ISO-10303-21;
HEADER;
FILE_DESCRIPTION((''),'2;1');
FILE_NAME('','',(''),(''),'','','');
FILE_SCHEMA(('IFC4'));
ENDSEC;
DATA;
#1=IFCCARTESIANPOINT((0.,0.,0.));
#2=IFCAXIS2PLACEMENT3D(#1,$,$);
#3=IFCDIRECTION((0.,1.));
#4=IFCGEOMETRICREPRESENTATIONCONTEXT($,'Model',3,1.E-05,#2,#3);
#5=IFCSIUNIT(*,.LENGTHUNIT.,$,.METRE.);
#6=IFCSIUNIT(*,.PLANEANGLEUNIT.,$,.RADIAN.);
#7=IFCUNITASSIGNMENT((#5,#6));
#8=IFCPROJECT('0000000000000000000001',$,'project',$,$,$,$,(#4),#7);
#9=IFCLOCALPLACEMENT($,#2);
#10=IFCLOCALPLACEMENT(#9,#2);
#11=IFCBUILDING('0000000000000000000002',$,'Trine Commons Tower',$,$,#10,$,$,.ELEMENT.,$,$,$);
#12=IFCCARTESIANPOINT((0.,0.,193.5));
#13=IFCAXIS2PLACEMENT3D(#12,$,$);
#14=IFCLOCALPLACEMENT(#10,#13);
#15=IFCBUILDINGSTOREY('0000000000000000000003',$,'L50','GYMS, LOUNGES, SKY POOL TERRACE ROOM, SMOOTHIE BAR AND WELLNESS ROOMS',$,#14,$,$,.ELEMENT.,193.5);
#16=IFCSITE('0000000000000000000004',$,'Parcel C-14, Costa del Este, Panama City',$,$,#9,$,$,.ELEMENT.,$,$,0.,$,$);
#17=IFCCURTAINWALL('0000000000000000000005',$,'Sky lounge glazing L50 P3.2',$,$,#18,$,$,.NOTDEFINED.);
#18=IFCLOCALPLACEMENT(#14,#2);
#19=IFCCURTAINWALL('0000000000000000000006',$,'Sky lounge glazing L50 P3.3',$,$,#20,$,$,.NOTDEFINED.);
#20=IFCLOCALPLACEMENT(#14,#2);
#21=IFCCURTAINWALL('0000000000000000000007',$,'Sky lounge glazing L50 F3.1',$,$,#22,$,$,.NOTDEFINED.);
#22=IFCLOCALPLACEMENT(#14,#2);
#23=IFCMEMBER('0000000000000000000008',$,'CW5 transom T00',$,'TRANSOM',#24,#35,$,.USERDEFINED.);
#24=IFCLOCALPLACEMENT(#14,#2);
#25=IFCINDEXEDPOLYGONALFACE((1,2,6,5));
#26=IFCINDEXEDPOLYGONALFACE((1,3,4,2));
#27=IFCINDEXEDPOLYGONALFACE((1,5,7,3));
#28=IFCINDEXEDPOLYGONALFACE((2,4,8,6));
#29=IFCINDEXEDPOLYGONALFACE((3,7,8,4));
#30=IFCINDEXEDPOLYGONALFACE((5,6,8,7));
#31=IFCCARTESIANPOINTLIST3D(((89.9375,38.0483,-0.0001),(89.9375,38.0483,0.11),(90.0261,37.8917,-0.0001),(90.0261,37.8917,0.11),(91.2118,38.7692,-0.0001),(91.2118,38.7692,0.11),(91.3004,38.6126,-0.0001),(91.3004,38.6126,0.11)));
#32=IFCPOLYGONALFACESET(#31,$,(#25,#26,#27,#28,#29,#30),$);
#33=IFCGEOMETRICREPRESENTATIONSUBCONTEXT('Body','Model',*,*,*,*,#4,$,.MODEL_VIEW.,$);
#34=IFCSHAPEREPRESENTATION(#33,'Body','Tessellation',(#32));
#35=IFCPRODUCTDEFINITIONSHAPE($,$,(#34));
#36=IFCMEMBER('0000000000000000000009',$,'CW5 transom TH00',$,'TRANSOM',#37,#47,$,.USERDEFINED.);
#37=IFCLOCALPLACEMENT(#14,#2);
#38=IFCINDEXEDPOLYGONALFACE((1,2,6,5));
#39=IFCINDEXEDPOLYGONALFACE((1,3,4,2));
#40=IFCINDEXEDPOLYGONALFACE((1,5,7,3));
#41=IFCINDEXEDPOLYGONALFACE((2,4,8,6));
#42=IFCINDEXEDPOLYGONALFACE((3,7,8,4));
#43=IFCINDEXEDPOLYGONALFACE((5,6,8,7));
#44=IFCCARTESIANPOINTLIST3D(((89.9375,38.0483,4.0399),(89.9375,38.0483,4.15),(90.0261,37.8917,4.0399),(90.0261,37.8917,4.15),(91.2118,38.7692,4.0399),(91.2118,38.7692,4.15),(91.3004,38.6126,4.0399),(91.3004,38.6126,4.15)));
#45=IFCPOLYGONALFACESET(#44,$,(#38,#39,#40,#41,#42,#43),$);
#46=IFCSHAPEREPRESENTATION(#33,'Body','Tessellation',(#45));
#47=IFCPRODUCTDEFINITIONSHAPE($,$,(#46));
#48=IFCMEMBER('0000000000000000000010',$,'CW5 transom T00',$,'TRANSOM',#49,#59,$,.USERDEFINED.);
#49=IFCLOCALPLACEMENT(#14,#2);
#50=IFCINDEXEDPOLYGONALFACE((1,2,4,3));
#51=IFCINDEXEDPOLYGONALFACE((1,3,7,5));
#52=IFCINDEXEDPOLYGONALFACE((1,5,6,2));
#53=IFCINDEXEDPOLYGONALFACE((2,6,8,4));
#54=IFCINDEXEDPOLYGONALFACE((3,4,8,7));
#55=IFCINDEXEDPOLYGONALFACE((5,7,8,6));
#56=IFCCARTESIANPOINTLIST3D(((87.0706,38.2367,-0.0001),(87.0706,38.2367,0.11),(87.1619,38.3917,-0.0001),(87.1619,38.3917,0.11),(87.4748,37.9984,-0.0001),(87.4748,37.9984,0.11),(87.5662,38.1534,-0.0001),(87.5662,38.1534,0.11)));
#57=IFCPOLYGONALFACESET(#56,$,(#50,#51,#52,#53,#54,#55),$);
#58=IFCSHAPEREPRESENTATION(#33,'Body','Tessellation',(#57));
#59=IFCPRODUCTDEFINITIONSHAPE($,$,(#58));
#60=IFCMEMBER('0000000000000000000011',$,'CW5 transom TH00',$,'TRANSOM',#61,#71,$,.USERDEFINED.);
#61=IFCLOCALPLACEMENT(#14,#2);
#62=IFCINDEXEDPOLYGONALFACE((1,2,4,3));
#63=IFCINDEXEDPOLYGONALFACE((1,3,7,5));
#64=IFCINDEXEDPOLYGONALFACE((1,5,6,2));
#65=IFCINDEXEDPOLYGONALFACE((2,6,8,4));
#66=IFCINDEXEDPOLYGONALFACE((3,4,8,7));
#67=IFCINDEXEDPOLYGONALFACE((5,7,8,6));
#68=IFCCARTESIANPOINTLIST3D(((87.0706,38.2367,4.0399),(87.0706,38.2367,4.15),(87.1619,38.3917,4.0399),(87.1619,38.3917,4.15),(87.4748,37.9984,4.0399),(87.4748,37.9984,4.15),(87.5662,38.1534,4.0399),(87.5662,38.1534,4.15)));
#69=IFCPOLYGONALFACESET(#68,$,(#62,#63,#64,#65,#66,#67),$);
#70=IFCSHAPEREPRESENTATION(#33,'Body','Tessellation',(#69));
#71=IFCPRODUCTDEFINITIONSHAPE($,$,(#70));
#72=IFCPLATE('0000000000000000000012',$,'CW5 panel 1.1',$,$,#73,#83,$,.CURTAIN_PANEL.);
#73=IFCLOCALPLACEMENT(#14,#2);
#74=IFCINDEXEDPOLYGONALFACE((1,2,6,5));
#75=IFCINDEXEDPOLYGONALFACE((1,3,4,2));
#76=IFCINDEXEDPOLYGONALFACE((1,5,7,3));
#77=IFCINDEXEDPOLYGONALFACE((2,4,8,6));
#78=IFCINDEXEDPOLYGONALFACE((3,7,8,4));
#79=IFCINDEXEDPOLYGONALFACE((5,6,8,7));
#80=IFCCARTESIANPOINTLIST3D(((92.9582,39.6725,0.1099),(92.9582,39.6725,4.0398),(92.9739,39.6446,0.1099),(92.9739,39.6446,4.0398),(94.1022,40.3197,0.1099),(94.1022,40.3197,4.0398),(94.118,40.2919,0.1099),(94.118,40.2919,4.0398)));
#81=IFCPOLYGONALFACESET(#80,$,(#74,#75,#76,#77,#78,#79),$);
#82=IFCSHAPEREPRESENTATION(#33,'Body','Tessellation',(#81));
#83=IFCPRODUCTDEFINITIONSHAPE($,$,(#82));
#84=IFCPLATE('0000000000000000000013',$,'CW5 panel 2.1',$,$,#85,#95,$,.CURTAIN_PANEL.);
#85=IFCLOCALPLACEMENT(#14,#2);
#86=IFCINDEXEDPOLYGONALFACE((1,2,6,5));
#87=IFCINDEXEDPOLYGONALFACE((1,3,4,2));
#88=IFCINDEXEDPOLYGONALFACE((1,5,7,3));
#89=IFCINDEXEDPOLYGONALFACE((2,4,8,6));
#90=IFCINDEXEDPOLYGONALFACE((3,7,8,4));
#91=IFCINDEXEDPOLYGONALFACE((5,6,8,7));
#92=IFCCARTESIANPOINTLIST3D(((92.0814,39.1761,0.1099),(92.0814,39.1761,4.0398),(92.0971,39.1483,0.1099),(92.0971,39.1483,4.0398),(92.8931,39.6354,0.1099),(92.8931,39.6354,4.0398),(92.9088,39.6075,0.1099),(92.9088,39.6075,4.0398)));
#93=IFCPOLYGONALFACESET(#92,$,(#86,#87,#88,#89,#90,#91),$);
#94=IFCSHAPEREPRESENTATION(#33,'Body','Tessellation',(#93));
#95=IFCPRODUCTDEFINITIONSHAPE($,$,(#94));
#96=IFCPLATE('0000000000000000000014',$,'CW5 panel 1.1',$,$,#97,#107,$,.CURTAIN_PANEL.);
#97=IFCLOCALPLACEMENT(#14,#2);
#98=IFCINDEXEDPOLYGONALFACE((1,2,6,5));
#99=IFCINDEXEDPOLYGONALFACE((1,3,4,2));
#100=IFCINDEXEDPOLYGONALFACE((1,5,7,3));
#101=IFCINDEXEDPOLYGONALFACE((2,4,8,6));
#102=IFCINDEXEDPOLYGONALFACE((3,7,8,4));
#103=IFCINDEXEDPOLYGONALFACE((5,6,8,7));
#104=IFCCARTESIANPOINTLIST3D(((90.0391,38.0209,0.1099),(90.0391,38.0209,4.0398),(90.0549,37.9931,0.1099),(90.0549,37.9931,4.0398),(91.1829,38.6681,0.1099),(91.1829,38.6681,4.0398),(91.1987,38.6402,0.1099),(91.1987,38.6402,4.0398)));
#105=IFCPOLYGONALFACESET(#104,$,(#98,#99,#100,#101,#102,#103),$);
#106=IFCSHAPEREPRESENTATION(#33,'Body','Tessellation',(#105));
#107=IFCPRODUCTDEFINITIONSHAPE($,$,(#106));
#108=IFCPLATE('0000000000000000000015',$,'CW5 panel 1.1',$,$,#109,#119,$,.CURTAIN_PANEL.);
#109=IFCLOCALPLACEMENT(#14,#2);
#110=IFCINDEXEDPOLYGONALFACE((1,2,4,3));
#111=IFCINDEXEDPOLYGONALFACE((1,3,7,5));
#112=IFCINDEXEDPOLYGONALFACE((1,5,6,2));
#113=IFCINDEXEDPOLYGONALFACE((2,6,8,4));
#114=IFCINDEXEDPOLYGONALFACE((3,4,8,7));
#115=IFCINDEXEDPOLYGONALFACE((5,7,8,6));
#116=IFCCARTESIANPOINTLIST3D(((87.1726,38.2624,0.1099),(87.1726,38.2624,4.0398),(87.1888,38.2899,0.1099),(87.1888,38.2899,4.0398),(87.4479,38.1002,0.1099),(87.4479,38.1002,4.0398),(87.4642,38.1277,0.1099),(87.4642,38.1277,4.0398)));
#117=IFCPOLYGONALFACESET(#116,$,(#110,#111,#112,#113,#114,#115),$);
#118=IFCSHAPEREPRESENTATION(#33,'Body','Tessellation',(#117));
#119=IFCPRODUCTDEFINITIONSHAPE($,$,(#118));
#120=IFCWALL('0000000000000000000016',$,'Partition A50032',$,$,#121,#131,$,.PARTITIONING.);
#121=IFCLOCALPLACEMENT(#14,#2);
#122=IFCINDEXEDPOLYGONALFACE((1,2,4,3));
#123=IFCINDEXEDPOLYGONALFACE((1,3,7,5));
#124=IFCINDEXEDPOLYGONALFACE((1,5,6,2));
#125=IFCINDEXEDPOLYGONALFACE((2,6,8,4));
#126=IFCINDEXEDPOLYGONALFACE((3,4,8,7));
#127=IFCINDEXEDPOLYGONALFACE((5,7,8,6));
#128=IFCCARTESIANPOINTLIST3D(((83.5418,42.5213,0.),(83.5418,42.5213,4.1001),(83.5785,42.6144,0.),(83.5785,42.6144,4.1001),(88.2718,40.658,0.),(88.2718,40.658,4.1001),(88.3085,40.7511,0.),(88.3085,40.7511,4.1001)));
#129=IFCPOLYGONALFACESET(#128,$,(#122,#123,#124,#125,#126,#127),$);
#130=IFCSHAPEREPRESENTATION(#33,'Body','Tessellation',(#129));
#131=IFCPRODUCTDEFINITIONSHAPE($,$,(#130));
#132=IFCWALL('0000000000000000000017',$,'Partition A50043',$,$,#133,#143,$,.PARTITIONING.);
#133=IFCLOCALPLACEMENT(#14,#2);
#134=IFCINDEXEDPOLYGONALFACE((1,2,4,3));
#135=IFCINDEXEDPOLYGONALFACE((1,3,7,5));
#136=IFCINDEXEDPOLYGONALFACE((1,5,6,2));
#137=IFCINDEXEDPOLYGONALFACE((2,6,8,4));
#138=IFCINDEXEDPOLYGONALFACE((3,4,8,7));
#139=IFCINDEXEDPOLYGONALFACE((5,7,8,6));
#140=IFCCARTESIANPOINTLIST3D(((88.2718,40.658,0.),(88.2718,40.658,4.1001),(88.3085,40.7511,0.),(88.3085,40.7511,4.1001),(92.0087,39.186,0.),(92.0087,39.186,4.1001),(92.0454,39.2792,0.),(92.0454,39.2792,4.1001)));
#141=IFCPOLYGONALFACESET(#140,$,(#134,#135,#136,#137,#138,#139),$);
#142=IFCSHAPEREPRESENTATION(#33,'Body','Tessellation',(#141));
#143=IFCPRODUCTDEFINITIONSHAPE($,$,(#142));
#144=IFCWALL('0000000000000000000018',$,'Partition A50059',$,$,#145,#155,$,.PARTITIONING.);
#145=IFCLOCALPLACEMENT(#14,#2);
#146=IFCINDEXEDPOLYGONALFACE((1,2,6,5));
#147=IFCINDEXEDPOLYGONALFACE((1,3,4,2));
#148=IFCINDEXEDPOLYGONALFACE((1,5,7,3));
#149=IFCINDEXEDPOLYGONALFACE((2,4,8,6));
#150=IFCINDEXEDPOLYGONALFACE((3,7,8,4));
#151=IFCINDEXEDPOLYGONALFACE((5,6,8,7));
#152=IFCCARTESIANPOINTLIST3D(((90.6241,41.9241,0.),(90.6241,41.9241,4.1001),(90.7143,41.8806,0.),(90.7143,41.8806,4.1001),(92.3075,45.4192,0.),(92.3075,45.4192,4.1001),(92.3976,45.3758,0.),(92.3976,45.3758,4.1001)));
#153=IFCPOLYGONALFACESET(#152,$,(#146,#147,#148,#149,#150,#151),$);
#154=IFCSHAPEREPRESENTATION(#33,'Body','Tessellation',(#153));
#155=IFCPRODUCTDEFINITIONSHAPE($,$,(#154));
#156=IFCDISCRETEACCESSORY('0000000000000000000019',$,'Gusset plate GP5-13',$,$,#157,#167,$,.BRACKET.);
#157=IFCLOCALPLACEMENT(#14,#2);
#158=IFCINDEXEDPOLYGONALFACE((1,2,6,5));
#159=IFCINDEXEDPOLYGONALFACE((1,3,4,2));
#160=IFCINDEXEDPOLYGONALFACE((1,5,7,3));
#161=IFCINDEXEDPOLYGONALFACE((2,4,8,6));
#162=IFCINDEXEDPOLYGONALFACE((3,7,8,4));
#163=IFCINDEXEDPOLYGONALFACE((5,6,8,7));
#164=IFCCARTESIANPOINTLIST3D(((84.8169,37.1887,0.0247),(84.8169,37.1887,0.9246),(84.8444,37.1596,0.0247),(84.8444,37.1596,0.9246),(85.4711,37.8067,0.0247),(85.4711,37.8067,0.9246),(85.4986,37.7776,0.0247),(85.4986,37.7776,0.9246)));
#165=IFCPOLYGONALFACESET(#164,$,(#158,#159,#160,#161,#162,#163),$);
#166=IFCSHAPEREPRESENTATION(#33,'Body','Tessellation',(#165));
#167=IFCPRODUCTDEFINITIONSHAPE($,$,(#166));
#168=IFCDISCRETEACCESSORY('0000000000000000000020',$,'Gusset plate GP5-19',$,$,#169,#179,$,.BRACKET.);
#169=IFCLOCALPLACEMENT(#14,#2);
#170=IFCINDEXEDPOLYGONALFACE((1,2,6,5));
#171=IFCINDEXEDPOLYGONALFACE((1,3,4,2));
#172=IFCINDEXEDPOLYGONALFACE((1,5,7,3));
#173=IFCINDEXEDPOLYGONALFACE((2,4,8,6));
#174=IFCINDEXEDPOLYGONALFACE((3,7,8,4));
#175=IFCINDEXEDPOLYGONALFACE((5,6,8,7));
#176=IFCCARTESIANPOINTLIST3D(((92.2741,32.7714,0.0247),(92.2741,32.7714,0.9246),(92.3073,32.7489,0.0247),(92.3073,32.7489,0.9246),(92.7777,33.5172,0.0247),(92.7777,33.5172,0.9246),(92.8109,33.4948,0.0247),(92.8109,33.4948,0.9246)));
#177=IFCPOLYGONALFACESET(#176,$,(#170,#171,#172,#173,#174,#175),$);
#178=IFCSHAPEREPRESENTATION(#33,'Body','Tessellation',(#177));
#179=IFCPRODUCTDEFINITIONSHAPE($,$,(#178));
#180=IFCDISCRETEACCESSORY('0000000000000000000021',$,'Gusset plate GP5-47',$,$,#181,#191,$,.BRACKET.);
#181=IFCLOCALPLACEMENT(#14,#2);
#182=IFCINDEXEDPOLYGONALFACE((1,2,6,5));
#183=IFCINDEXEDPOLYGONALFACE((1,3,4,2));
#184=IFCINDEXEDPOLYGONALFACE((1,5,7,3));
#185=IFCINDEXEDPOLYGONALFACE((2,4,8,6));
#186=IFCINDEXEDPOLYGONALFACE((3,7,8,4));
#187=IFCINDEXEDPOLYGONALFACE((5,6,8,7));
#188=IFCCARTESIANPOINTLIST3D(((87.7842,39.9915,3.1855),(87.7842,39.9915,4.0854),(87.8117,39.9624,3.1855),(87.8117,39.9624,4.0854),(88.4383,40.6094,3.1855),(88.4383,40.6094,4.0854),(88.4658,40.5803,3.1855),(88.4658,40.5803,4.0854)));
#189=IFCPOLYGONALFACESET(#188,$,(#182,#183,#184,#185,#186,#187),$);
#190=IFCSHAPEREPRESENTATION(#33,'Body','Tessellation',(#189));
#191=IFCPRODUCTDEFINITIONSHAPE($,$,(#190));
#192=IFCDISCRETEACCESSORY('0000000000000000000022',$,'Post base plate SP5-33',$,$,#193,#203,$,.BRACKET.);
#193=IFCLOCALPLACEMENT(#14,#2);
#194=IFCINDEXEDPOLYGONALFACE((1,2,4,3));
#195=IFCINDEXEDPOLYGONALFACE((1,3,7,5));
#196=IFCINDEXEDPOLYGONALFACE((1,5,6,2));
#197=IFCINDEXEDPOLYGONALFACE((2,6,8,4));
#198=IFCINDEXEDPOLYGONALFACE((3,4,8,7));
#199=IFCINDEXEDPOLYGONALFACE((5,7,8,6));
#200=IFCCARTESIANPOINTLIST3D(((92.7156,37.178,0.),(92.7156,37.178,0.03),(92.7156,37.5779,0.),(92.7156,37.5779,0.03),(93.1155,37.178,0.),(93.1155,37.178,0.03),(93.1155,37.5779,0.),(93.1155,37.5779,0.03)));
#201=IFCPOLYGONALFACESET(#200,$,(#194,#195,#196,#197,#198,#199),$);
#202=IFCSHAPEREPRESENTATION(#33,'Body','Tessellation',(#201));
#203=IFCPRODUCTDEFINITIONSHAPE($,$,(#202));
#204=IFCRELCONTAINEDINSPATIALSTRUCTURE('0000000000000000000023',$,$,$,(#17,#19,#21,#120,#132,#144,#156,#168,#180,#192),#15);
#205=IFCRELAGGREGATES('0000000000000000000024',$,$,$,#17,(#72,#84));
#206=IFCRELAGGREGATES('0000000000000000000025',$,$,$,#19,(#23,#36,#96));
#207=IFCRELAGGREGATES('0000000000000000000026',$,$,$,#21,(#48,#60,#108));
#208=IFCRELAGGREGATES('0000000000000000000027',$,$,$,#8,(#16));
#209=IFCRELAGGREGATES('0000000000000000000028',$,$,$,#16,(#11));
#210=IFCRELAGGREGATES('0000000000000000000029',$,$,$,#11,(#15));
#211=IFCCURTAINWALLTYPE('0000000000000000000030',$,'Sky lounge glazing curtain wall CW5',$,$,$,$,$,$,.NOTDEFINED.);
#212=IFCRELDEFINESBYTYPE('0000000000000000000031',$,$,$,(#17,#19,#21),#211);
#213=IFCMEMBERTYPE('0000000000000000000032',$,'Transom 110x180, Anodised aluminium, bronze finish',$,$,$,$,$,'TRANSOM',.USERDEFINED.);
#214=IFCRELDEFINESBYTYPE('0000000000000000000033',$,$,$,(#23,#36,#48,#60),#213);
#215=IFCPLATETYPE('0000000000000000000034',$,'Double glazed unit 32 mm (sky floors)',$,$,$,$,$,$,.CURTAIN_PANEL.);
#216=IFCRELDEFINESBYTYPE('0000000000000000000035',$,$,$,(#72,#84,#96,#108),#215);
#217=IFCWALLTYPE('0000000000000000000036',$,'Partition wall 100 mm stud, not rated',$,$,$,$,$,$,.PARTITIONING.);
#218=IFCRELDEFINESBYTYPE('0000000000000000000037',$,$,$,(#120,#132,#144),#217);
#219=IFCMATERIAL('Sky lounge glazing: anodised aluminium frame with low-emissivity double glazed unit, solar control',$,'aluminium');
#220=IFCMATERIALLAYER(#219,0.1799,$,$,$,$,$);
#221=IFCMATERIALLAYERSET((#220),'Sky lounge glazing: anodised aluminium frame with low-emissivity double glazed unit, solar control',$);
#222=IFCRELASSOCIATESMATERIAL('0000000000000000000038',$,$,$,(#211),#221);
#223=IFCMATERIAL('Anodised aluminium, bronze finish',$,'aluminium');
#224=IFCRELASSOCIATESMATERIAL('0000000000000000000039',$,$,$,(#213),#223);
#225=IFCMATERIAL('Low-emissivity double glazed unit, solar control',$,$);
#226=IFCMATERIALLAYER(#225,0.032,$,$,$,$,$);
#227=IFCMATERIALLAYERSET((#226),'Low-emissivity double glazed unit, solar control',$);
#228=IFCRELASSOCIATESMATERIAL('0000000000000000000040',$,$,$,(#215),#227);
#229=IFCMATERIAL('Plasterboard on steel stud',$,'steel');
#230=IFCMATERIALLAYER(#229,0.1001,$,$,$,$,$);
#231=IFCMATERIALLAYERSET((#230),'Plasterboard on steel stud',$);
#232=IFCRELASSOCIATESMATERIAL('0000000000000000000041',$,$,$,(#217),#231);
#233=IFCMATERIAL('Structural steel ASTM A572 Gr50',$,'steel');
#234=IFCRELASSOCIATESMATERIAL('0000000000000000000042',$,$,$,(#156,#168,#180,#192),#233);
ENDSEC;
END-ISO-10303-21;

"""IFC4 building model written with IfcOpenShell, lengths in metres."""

from ifc_helpers import new_model, si_unit, direction, frame, frame_2d, origin, origin_2d, place, context, subcontext, project, spatial, rectangle, extrude, material, layer, layer_set, material_profile, profile_set, type_object, element, aggregate, save


model = new_model("IFC4")

# Units and contexts
model_context = context("Model", 3, precision=1e-05, world=origin(), true_north=direction((0.0, 1.0)))
body_context = subcontext(model_context, "Body", "Model", "MODEL_VIEW")
ifc_project = project(units=[si_unit("LENGTHUNIT", "METRE"), si_unit("PLANEANGLEUNIT", "RADIAN")], contexts=[model_context])

# Site, building, storey
site_placement = place(None, origin())
site = spatial("IfcSite", under=ifc_project, at=site_placement, Name="Parcel C-14, Costa del Este, Panama City", CompositionType="ELEMENT", RefElevation=0.0)
building_placement = place(site_placement, origin())
building = spatial("IfcBuilding", under=site, at=building_placement, Name="Trine Commons Tower", CompositionType="ELEMENT")
storey_placement = place(building_placement, frame((0.0, 0.0, 193.5)))
storey = spatial("IfcBuildingStorey", under=building, at=storey_placement, Name="L50", Description="GYMS, LOUNGES, SKY POOL TERRACE ROOM, SMOOTHIE BAR AND WELLNESS ROOMS", CompositionType="ELEMENT", Elevation=193.5)

# Curtain walls
ifc_material_1 = material(Name="Sky lounge glazing: anodised aluminium frame with low-emissivity double glazed unit, solar control", Category="aluminium")
ifc_layer_1 = layer(ifc_material_1, 0.1799)
ifc_layer_set_1 = layer_set([ifc_layer_1], Name="Sky lounge glazing: anodised aluminium frame with low-emissivity double glazed unit, solar control")
curtain_wall_type = type_object("IfcCurtainWallType", Name="Sky lounge glazing curtain wall CW5", PredefinedType="NOTDEFINED", material=ifc_layer_set_1)
curtain_wall_1_placement = place(storey_placement, origin())
curtain_wall_1 = element("IfcCurtainWall", 1, at=curtain_wall_1_placement, inside=storey, type_object=curtain_wall_type, Name="Sky lounge glazing L50 P3.2", PredefinedType="NOTDEFINED")
ifc_material_2 = material(Name="Anodised aluminium, bronze finish", Category="aluminium")
curtain_wall_2_placement = place(storey_placement, origin())
curtain_wall_2 = element("IfcCurtainWall", 2, at=curtain_wall_2_placement, inside=storey, type_object=curtain_wall_type, Name="Sky lounge glazing L50 P3.3", PredefinedType="NOTDEFINED")
curtain_wall_3_placement = place(storey_placement, origin())
curtain_wall_3 = element("IfcCurtainWall", 3, at=curtain_wall_3_placement, inside=storey, type_object=curtain_wall_type, Name="Sky lounge glazing L50 F3.1", PredefinedType="NOTDEFINED")

# Members
ifc_material_profile_1 = material_profile(ifc_material_2, rectangle(XDim=0.1799, YDim=0.1101, at=origin_2d()), Name="Transom 110x180")
ifc_profile_set_1 = profile_set([ifc_material_profile_1], Name="Anodised aluminium, bronze finish")
member_type_1 = type_object("IfcMemberType", Name="Transom 110x180, Anodised aluminium, bronze finish", ElementType="TRANSOM", PredefinedType="USERDEFINED", material=ifc_profile_set_1)
member_1_placement = place(storey_placement, frame((91.2561, 38.6909, 0.0549), z_axis=(-0.87038, -0.492381, 0.0), x_axis=(0.492381, -0.87038, 0.0)))
member_1 = element("IfcMember", 4, at=member_1_placement, type_object=member_type_1, Name="CW5 transom T00", ObjectType="TRANSOM", PredefinedType="USERDEFINED", context=body_context, shape_type="SweptSolid", body=[
    extrude(rectangle(XDim=0.1799, YDim=0.1101, at=origin_2d()), origin(), (0.0, 0.0, 1.0), 1.4641),
])
member_2_placement = place(storey_placement, frame((91.2561, 38.6909, 4.095), z_axis=(-0.87038, -0.492381, 0.0), x_axis=(0.492381, -0.87038, 0.0)))
member_2 = element("IfcMember", 5, at=member_2_placement, type_object=member_type_1, Name="CW5 transom TH00", ObjectType="TRANSOM", PredefinedType="USERDEFINED", context=body_context, shape_type="SweptSolid", body=[
    extrude(rectangle(XDim=0.1799, YDim=0.1101, at=origin_2d()), origin(), (0.0, 0.0, 1.0), 1.4641),
])
member_3_placement = place(storey_placement, frame((87.5205, 38.0759, 0.0549), z_axis=(-0.861506, 0.507747, 0.0), x_axis=(-0.507747, -0.861506, 0.0)))
member_3 = element("IfcMember", 6, at=member_3_placement, type_object=member_type_1, Name="CW5 transom T00", ObjectType="TRANSOM", PredefinedType="USERDEFINED", context=body_context, shape_type="SweptSolid", body=[
    extrude(rectangle(XDim=0.1799, YDim=0.1101, at=origin_2d()), origin(), (0.0, 0.0, 1.0), 0.4692),
])
member_4_placement = place(storey_placement, frame((87.5205, 38.0759, 4.095), z_axis=(-0.861506, 0.507747, 0.0), x_axis=(-0.507747, -0.861506, 0.0)))
member_4 = element("IfcMember", 7, at=member_4_placement, type_object=member_type_1, Name="CW5 transom TH00", ObjectType="TRANSOM", PredefinedType="USERDEFINED", context=body_context, shape_type="SweptSolid", body=[
    extrude(rectangle(XDim=0.1799, YDim=0.1101, at=origin_2d()), origin(), (0.0, 0.0, 1.0), 0.4692),
])

# Plates
ifc_material_3 = material(Name="Low-emissivity double glazed unit, solar control")
ifc_layer_2 = layer(ifc_material_3, 0.032)
ifc_layer_set_2 = layer_set([ifc_layer_2], Name="Low-emissivity double glazed unit, solar control")
plate_type = type_object("IfcPlateType", Name="Double glazed unit 32 mm (sky floors)", PredefinedType="CURTAIN_PANEL", material=ifc_layer_set_2)
plate_1_placement = place(storey_placement, frame((93.5381, 39.9822, 0.1099), z_axis=(0.0, 0.0, 1.0), x_axis=(-0.870356, -0.492424, 0.0)))
plate_1 = element("IfcPlate", 8, at=plate_1_placement, type_object=plate_type, Name="CW5 panel 1.1", PredefinedType="CURTAIN_PANEL", context=body_context, shape_type="SweptSolid", body=[
    extrude(rectangle(XDim=1.3145, YDim=0.032, at=origin_2d()), origin(), (0.0, 0.0, 1.0), 3.9299),
])
plate_2_placement = place(storey_placement, frame((92.4951, 39.3918, 0.1099), z_axis=(0.0, 0.0, 1.0), x_axis=(-0.870356, -0.492424, 0.0)))
plate_2 = element("IfcPlate", 9, at=plate_2_placement, type_object=plate_type, Name="CW5 panel 2.1", PredefinedType="CURTAIN_PANEL", context=body_context, shape_type="SweptSolid", body=[
    extrude(rectangle(XDim=0.9326, YDim=0.032, at=origin_2d()), origin(), (0.0, 0.0, 1.0), 3.9299),
])
aggregate(curtain_wall_1, [plate_1, plate_2])
plate_3_placement = place(storey_placement, frame((90.6189, 38.3306, 0.1099), z_axis=(0.0, 0.0, 1.0), x_axis=(-0.870356, -0.492424, 0.0)))
plate_3 = element("IfcPlate", 10, at=plate_3_placement, type_object=plate_type, Name="CW5 panel 1.1", PredefinedType="CURTAIN_PANEL", context=body_context, shape_type="SweptSolid", body=[
    extrude(rectangle(XDim=1.3142, YDim=0.032, at=origin_2d()), origin(), (0.0, 0.0, 1.0), 3.9299),
])
aggregate(curtain_wall_2, [member_1, member_2, plate_3])
plate_4_placement = place(storey_placement, frame((87.3184, 38.1951, 0.1099), z_axis=(0.0, 0.0, 1.0), x_axis=(-0.861629, 0.507538, 0.0)))
plate_4 = element("IfcPlate", 11, at=plate_4_placement, type_object=plate_type, Name="CW5 panel 1.1", PredefinedType="CURTAIN_PANEL", context=body_context, shape_type="SweptSolid", body=[
    extrude(rectangle(XDim=0.3196, YDim=0.032, at=origin_2d()), origin(), (0.0, 0.0, 1.0), 3.9299),
])
aggregate(curtain_wall_3, [member_3, member_4, plate_4])

# Walls
ifc_material_4 = material(Name="Plasterboard on steel stud", Category="steel")
ifc_layer_3 = layer(ifc_material_4, 0.1001)
ifc_layer_set_3 = layer_set([ifc_layer_3], Name="Plasterboard on steel stud")
wall_type_1 = type_object("IfcWallType", Name="Partition wall 100 mm stud, not rated", PredefinedType="PARTITIONING", material=ifc_layer_set_3)
wall_1_placement = place(storey_placement, frame((83.5601, 42.5679, 0.0), z_axis=(0.0, 0.0, 1.0), x_axis=(0.930411, -0.366517, 0.0)))
element("IfcWall", 12, at=wall_1_placement, inside=storey, type_object=wall_type_1, Name="Partition A50032", PredefinedType="PARTITIONING", context=body_context, shape_type="SweptSolid", body=[
    extrude(rectangle(XDim=5.0837, YDim=0.1001, at=frame_2d((2.542, 0.0))), origin(), (0.0, 0.0, 1.0), 4.1001),
])
wall_2_placement = place(storey_placement, frame((88.29, 40.7046, 0.0), z_axis=(0.0, 0.0, 1.0), x_axis=(0.930422, -0.366491, 0.0)))
element("IfcWall", 13, at=wall_2_placement, inside=storey, type_object=wall_type_1, Name="Partition A50043", PredefinedType="PARTITIONING", context=body_context, shape_type="SweptSolid", body=[
    extrude(rectangle(XDim=4.0164, YDim=0.1001, at=frame_2d((2.0083, 0.0))), origin(), (0.0, 0.0, 1.0), 4.1001),
])
wall_3_placement = place(storey_placement, frame((90.6692, 41.9023, 0.0), z_axis=(0.0, 0.0, 1.0), x_axis=(0.433923, 0.90095, 0.0)))
element("IfcWall", 14, at=wall_3_placement, inside=storey, type_object=wall_type_1, Name="Partition A50059", PredefinedType="PARTITIONING", context=body_context, shape_type="SweptSolid", body=[
    extrude(rectangle(XDim=3.8794, YDim=0.1001, at=frame_2d((1.9397, 0.0))), origin(), (0.0, 0.0, 1.0), 4.1001),
])

# Discrete accessories
ifc_material_5 = material(Name="Structural steel ASTM A572 Gr50", Category="steel")
for number, where, z_axis, x_axis, name in (
    (15, (85.1577, 37.4832, 0.0247), (0.0, 0.0, 1.0), (0.726958, 0.686682, 0.0), "Gusset plate GP5-13"),
    (16, (92.5425, 33.1331, 0.0247), (0.0, 0.0, 1.0), (0.559584, 0.828774, 0.0), "Gusset plate GP5-19"),
    (17, (88.125, 40.2859, 3.1855), (0.0, 0.0, 1.0), (0.726958, 0.686682, 0.0), "Gusset plate GP5-47"),
):
    element("IfcDiscreteAccessory", number, at=place(storey_placement, frame(where, z_axis=z_axis, x_axis=x_axis)), inside=storey, material=ifc_material_5, Name=name, PredefinedType="BRACKET", context=body_context, shape_type="SweptSolid", body=[
        extrude(rectangle(XDim=0.8999, YDim=0.04, at=origin_2d()), origin(), (0.0, 0.0, 1.0), 0.8999),
    ])
for number, where, z_axis, x_axis, name in (
    (18, (92.9155, 37.3779, 0.0), (0.0, 0.0, 1.0), (1.0, 0.0, 0.0), "Post base plate SP5-33"),
):
    element("IfcDiscreteAccessory", number, at=place(storey_placement, frame(where, z_axis=z_axis, x_axis=x_axis)), inside=storey, material=ifc_material_5, Name=name, PredefinedType="BRACKET", context=body_context, shape_type="SweptSolid", body=[
        extrude(rectangle(XDim=0.3999, YDim=0.3999, at=origin_2d()), origin(), (0.0, 0.0, 1.0), 0.03),
    ])

save(model, "model.ifc")
